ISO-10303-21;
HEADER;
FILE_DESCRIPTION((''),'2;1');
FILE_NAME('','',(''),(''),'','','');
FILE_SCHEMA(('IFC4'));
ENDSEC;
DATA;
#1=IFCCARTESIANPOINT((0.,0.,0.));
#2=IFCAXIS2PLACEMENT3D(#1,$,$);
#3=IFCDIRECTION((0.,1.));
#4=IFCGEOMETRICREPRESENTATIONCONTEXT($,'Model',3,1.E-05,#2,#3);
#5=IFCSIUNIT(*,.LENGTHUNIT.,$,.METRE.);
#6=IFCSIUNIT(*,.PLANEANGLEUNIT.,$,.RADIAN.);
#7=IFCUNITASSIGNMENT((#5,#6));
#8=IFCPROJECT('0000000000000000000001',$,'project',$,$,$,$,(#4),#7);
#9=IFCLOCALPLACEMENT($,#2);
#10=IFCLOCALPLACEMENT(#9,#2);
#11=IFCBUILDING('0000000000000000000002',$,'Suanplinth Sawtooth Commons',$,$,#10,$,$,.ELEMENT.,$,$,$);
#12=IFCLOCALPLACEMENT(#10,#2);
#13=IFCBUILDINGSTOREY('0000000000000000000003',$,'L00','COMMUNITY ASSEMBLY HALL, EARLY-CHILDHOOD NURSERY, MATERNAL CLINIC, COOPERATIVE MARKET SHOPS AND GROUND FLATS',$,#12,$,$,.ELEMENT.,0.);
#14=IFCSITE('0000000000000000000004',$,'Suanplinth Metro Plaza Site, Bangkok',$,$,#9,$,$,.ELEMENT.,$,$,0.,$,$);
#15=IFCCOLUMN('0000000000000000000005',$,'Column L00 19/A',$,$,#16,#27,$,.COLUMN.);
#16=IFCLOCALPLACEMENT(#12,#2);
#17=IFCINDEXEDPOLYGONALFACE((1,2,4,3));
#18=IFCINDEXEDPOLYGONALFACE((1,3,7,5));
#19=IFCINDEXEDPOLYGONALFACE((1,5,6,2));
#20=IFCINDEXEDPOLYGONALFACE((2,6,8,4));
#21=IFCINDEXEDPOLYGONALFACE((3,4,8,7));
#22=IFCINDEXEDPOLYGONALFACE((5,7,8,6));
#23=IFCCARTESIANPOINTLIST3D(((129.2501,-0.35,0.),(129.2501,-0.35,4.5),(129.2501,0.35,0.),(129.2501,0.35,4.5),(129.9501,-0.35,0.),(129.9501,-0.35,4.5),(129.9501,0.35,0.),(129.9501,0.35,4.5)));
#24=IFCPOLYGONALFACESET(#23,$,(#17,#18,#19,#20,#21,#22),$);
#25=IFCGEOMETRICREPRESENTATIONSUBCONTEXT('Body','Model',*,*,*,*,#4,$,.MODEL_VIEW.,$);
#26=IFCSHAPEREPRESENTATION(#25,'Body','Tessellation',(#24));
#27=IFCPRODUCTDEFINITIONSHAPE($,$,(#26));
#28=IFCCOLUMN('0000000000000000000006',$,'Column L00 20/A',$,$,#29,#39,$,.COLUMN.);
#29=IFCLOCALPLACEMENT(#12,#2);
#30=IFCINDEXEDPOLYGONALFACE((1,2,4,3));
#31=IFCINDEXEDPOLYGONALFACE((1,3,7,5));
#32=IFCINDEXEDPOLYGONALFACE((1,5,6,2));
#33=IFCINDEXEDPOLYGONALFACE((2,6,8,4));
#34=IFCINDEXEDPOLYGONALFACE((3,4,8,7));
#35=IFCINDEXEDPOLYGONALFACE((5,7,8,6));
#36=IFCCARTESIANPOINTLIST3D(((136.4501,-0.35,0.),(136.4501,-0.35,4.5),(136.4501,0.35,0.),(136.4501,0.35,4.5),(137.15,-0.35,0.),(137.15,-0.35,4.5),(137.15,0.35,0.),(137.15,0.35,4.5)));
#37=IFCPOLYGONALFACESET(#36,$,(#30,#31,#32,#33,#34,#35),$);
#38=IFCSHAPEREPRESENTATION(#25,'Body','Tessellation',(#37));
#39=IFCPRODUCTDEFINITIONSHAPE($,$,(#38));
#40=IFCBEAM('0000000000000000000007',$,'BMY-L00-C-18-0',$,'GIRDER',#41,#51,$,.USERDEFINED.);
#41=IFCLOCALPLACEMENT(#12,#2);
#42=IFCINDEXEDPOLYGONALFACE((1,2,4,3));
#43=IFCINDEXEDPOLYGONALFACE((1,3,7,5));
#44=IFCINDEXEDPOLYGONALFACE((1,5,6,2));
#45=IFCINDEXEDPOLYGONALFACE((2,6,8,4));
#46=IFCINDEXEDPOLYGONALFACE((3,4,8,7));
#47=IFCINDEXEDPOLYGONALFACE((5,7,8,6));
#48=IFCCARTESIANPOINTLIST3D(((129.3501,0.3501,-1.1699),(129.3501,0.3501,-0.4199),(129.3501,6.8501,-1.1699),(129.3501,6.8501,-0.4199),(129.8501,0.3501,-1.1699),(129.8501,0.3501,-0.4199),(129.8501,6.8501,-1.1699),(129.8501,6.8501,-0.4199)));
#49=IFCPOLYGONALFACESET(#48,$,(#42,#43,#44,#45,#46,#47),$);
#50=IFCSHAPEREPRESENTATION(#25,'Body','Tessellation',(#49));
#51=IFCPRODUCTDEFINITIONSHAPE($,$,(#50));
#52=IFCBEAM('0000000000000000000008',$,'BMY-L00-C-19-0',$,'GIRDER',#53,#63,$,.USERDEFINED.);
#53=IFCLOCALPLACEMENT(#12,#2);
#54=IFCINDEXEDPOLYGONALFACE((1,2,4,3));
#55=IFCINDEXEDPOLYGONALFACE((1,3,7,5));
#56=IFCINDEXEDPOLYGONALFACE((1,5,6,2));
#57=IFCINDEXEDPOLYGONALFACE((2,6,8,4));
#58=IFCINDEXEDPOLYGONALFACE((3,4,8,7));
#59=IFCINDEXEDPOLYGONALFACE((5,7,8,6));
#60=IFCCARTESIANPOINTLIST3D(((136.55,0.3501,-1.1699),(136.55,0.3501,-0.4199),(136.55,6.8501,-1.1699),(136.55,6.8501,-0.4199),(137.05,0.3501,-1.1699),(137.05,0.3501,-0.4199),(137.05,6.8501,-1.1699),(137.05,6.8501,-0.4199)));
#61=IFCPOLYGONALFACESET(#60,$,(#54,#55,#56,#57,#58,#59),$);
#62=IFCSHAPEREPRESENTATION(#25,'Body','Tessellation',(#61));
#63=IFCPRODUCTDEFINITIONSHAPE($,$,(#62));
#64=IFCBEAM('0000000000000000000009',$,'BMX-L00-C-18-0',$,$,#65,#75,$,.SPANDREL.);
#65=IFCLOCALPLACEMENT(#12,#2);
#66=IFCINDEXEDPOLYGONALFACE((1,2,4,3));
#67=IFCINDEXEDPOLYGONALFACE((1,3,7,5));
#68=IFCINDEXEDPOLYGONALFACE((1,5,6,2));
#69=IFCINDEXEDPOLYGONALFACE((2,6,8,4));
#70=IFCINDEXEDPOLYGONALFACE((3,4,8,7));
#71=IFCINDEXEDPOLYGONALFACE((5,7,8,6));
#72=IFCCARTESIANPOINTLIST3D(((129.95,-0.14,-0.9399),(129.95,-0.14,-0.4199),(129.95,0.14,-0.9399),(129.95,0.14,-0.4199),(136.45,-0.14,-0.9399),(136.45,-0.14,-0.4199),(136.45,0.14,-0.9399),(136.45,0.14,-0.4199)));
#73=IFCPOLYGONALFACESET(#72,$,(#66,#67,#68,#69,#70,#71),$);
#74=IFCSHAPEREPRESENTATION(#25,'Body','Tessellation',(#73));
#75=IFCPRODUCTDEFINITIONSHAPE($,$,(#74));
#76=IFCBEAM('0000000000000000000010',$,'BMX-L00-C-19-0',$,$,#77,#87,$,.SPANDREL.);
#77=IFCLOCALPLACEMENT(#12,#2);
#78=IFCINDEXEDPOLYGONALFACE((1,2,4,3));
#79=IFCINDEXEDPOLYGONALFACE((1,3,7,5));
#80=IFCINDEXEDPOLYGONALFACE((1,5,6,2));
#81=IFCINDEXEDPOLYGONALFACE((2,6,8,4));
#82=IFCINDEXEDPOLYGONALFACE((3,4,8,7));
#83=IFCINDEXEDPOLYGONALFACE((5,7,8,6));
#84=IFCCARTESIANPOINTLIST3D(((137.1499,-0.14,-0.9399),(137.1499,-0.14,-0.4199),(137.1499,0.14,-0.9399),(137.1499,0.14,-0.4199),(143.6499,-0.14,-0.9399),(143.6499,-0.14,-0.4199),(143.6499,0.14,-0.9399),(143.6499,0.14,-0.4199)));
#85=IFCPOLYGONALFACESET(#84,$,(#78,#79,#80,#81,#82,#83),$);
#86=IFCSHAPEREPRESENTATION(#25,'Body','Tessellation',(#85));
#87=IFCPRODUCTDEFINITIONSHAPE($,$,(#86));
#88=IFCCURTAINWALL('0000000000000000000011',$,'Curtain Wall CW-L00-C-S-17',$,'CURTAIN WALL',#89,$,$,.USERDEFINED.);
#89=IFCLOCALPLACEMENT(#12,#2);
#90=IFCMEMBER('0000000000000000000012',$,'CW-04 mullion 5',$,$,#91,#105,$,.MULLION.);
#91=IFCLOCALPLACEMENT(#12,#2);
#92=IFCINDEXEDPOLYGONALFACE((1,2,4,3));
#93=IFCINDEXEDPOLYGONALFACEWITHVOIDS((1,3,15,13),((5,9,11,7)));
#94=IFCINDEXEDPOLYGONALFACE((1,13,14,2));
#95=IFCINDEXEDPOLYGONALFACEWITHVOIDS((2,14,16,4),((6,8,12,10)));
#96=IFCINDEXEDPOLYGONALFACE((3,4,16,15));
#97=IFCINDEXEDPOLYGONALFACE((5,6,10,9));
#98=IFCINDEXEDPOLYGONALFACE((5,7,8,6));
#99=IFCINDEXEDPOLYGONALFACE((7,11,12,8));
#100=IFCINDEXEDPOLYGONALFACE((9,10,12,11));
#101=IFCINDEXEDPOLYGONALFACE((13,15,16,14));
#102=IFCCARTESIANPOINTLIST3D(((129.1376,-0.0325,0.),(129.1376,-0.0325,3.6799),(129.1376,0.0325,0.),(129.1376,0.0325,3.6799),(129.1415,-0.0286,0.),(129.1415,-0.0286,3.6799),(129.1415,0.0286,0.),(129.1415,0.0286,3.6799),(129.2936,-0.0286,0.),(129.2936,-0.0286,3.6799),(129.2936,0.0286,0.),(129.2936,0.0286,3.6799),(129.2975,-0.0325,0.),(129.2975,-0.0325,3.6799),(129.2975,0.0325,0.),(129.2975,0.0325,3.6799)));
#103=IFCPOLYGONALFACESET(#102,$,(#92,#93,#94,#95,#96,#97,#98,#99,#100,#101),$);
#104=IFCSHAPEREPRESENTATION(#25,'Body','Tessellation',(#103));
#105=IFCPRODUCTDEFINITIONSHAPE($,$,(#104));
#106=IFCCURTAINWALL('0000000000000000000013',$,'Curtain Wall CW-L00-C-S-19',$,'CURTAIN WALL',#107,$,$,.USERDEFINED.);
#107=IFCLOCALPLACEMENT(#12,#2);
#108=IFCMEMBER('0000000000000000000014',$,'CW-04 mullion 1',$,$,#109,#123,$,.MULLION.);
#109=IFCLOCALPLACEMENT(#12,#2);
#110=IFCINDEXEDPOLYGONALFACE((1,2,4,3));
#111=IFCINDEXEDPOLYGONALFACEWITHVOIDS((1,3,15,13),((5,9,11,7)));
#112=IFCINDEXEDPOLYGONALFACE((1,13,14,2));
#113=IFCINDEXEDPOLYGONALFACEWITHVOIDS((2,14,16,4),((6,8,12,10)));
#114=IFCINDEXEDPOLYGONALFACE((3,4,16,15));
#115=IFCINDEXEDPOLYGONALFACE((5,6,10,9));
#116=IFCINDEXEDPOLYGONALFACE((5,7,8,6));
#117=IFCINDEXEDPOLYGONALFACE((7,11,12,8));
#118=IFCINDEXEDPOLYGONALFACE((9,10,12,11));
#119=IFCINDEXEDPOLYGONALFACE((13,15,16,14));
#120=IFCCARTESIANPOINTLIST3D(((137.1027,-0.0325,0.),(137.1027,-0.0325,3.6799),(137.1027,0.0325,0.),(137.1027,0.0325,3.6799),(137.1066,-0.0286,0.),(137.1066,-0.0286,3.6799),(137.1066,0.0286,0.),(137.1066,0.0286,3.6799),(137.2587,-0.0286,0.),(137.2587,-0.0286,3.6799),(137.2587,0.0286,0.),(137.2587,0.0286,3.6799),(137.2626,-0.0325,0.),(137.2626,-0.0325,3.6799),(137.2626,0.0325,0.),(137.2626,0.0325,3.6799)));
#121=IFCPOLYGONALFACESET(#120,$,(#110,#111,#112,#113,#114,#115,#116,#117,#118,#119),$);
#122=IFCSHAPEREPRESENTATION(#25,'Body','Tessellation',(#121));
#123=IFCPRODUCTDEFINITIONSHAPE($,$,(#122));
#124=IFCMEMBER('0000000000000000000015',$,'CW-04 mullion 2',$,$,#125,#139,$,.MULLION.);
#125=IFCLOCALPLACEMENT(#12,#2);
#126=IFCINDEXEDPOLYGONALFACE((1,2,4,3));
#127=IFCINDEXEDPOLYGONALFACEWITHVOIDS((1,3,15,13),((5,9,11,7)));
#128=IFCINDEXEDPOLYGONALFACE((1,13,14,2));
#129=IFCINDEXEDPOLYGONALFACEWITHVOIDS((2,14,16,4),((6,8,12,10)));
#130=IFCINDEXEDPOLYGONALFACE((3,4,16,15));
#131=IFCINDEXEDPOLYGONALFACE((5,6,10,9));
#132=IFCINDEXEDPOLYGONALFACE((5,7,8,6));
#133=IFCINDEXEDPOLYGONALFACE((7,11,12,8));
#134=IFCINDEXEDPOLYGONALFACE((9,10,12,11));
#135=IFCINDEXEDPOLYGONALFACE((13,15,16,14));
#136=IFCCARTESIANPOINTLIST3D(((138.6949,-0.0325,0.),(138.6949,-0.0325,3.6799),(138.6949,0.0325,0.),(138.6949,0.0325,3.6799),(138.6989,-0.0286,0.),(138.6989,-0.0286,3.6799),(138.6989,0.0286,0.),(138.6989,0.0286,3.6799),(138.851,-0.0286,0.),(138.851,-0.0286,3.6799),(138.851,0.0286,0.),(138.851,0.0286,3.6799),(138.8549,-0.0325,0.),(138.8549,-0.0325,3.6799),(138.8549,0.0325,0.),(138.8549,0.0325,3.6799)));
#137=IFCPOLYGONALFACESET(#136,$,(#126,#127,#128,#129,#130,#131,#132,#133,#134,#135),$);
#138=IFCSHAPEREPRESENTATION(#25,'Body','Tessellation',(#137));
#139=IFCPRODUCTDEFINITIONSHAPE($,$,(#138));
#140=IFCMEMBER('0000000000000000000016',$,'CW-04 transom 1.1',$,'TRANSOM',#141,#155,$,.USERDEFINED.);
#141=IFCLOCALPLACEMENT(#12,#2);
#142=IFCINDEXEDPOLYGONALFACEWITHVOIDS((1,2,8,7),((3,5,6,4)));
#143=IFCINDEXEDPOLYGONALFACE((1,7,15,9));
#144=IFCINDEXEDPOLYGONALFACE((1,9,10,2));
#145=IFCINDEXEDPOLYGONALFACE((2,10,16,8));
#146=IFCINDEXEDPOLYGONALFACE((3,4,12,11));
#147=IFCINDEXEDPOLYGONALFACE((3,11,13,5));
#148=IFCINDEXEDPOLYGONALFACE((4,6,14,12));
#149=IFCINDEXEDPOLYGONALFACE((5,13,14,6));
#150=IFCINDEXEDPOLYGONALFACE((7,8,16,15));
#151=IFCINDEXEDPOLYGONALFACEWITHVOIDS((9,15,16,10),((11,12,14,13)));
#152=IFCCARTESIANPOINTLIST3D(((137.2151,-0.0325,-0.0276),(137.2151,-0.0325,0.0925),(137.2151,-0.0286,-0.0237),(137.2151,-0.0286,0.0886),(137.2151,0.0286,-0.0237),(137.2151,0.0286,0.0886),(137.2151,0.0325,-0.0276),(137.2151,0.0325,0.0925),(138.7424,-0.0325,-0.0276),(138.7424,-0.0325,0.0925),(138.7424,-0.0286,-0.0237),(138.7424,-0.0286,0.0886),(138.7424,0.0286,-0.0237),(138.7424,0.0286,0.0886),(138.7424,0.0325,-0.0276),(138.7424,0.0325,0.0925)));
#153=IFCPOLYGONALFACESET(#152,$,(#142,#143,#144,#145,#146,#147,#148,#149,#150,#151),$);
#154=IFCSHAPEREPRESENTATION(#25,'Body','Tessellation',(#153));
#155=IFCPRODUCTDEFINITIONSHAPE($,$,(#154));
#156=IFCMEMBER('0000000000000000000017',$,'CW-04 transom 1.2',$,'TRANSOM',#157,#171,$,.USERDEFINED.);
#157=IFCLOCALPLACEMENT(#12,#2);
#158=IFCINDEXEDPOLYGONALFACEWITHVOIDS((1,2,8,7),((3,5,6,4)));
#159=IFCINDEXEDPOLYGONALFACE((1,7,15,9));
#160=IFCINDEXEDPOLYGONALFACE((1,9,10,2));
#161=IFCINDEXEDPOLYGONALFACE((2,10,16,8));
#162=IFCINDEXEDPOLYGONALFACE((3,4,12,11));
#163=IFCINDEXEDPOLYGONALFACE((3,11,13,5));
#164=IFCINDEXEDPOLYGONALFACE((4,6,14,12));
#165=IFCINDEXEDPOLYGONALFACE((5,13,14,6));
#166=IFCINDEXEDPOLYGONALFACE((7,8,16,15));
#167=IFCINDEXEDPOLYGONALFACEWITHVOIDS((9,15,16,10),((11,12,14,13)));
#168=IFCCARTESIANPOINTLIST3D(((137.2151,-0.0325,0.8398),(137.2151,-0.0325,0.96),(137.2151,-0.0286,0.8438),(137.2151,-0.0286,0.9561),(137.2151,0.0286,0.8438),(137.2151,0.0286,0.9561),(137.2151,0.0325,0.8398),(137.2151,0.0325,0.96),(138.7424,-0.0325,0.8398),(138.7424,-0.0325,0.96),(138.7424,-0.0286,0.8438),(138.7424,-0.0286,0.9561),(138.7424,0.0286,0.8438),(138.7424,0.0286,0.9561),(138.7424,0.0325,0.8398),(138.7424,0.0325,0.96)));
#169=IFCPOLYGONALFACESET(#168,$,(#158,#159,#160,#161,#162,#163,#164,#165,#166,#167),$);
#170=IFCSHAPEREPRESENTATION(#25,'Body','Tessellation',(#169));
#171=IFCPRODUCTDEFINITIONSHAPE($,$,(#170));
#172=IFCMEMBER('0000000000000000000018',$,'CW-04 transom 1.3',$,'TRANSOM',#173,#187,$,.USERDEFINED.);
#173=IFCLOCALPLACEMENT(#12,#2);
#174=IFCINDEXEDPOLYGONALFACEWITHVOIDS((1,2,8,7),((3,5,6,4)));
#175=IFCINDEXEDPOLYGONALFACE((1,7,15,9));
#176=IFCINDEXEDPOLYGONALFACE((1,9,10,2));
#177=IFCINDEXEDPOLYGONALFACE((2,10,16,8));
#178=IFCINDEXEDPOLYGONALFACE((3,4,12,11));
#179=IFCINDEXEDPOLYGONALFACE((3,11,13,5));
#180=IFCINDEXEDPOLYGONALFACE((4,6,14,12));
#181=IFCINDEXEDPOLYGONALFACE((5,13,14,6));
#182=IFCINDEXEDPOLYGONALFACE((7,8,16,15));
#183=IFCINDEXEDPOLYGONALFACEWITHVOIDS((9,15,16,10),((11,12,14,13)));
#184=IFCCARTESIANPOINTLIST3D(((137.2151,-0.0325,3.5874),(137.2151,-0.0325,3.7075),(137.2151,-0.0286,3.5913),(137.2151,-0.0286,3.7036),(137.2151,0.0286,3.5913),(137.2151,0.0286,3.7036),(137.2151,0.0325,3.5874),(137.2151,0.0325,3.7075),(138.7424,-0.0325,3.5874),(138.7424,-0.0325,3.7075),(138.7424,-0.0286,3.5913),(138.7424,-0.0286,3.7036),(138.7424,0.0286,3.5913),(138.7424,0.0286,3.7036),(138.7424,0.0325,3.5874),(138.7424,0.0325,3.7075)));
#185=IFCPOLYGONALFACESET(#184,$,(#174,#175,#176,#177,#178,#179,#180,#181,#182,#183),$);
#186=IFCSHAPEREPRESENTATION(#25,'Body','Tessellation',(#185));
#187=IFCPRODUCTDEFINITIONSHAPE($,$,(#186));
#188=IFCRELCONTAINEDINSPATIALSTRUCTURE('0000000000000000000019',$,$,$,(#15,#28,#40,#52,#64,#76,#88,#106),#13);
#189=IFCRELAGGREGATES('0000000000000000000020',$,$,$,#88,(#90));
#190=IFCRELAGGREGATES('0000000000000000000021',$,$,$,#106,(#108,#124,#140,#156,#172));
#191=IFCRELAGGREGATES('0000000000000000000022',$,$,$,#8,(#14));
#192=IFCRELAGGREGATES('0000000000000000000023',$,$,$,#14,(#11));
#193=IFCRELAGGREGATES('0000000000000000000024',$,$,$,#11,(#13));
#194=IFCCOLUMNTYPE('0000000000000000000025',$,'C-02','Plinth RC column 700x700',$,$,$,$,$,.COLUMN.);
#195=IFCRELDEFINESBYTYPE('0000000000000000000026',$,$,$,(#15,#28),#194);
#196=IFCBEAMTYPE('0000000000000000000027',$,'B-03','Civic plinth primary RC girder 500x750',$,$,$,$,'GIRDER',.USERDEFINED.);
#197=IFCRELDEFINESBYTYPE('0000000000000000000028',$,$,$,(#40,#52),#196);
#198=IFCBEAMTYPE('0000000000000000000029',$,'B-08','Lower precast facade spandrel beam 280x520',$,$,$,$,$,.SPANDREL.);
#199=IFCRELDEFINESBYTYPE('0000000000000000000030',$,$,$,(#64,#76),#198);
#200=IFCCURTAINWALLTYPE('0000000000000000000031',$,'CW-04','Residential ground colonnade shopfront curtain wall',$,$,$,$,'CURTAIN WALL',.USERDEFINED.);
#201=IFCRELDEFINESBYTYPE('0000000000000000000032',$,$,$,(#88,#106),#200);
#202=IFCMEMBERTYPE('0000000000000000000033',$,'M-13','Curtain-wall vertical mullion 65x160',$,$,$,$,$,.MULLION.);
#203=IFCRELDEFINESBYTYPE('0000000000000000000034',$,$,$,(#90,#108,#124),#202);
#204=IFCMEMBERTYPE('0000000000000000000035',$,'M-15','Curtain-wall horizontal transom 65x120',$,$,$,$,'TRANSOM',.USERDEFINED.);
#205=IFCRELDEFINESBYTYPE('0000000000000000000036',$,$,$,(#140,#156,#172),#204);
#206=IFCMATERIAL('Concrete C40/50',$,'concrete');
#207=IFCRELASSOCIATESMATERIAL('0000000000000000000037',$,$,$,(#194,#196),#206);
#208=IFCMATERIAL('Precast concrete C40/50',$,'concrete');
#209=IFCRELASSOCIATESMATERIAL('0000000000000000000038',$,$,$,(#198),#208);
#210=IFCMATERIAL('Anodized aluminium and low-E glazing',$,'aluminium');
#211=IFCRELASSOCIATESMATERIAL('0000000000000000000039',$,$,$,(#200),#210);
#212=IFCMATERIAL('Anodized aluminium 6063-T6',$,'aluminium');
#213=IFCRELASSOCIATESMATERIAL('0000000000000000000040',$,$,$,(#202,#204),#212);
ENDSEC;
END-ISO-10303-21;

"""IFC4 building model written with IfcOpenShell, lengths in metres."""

from ifc_helpers import new_model, si_unit, direction, frame, origin, origin_2d, place, context, subcontext, project, spatial, rectangle, hollow_rectangle, extrude, material, material_profile, profile_set, type_object, element, aggregate, save


model = new_model("IFC4")

# Units and contexts
model_context = context("Model", 3, precision=1e-05, world=origin(), true_north=direction((0.0, 1.0)))
body_context = subcontext(model_context, "Body", "Model", "MODEL_VIEW")
ifc_project = project(units=[si_unit("LENGTHUNIT", "METRE"), si_unit("PLANEANGLEUNIT", "RADIAN")], contexts=[model_context])

# Site, building, storey
site_placement = place(None, origin())
site = spatial("IfcSite", under=ifc_project, at=site_placement, Name="Suanplinth Metro Plaza Site, Bangkok", CompositionType="ELEMENT", RefElevation=0.0)
building_placement = place(site_placement, origin())
building = spatial("IfcBuilding", under=site, at=building_placement, Name="Suanplinth Sawtooth Commons", CompositionType="ELEMENT")
storey_placement = place(building_placement, origin())
storey = spatial("IfcBuildingStorey", under=building, at=storey_placement, Name="L00", Description="COMMUNITY ASSEMBLY HALL, EARLY-CHILDHOOD NURSERY, MATERNAL CLINIC, COOPERATIVE MARKET SHOPS AND GROUND FLATS", CompositionType="ELEMENT", Elevation=0.0)

# Columns
ifc_material_1 = material(Name="Concrete C40/50", Category="concrete")
ifc_material_profile_1 = material_profile(ifc_material_1, rectangle(XDim=0.7, YDim=0.7, at=origin_2d()), Name="RC-COL 700x700")
ifc_profile_set_1 = profile_set([ifc_material_profile_1], Name="Concrete C40/50")
column_type = type_object("IfcColumnType", Name="C-02", Description="Plinth RC column 700x700", PredefinedType="COLUMN", material=ifc_profile_set_1)
for number, where, z_axis, x_axis, name in (
    (1, (129.6001, 0.0, 0.0), (0.0, 0.0, 1.0), (1.0, 0.0, 0.0), "Column L00 19/A"),
    (2, (136.8, 0.0, 0.0), (0.0, 0.0, 1.0), (1.0, 0.0, 0.0), "Column L00 20/A"),
):
    element("IfcColumn", number, at=place(storey_placement, frame(where, z_axis=z_axis, x_axis=x_axis)), inside=storey, type_object=column_type, Name=name, PredefinedType="COLUMN", context=body_context, shape_type="SweptSolid", body=[
        extrude(rectangle(XDim=0.7, YDim=0.7, at=origin_2d()), origin(), (0.0, 0.0, 1.0), 4.5),
    ])

# Beams
ifc_material_profile_2 = material_profile(ifc_material_1, rectangle(XDim=0.5, YDim=0.75, at=origin_2d()), Name="RC-GDR 500x750")
ifc_profile_set_2 = profile_set([ifc_material_profile_2], Name="Concrete C40/50")
beam_type_1 = type_object("IfcBeamType", Name="B-03", Description="Civic plinth primary RC girder 500x750", ElementType="GIRDER", PredefinedType="USERDEFINED", material=ifc_profile_set_2)
for number, where, z_axis, x_axis, name in (
    (3, (129.6001, 0.3501, -0.7949), (0.0, 1.0, 0.0), (-1.0, 0.0, 0.0), "BMY-L00-C-18-0"),
    (4, (136.8, 0.3501, -0.7949), (0.0, 1.0, 0.0), (-1.0, 0.0, 0.0), "BMY-L00-C-19-0"),
):
    element("IfcBeam", number, at=place(storey_placement, frame(where, z_axis=z_axis, x_axis=x_axis)), inside=storey, type_object=beam_type_1, Name=name, ObjectType="GIRDER", PredefinedType="USERDEFINED", context=body_context, shape_type="SweptSolid", body=[
        extrude(rectangle(XDim=0.5, YDim=0.75, at=origin_2d()), origin(), (0.0, 0.0, 1.0), 6.5),
    ])
ifc_material_2 = material(Name="Precast concrete C40/50", Category="concrete")
ifc_material_profile_3 = material_profile(ifc_material_2, rectangle(XDim=0.28, YDim=0.52, at=origin_2d()), Name="PC-SP 280x520")
ifc_profile_set_3 = profile_set([ifc_material_profile_3], Name="Precast concrete C40/50")
beam_type_2 = type_object("IfcBeamType", Name="B-08", Description="Lower precast facade spandrel beam 280x520", PredefinedType="SPANDREL", material=ifc_profile_set_3)
for number, where, z_axis, x_axis, name in (
    (5, (129.95, 0.0, -0.6799), (1.0, 0.0, 0.0), (0.0, 1.0, 0.0), "BMX-L00-C-18-0"),
    (6, (137.1499, 0.0, -0.6799), (1.0, 0.0, 0.0), (0.0, 1.0, 0.0), "BMX-L00-C-19-0"),
):
    element("IfcBeam", number, at=place(storey_placement, frame(where, z_axis=z_axis, x_axis=x_axis)), inside=storey, type_object=beam_type_2, Name=name, PredefinedType="SPANDREL", context=body_context, shape_type="SweptSolid", body=[
        extrude(rectangle(XDim=0.28, YDim=0.52, at=origin_2d()), origin(), (0.0, 0.0, 1.0), 6.5),
    ])

# Curtain wall, member
ifc_material_3 = material(Name="Anodized aluminium and low-E glazing", Category="aluminium")
curtain_wall_type = type_object("IfcCurtainWallType", Name="CW-04", Description="Residential ground colonnade shopfront curtain wall", ElementType="CURTAIN WALL", PredefinedType="USERDEFINED", material=ifc_material_3)
curtain_wall_1_placement = place(storey_placement, origin())
curtain_wall_1 = element("IfcCurtainWall", 7, at=curtain_wall_1_placement, inside=storey, type_object=curtain_wall_type, Name="Curtain Wall CW-L00-C-S-17", ObjectType="CURTAIN WALL", PredefinedType="USERDEFINED")
ifc_material_4 = material(Name="Anodized aluminium 6063-T6", Category="aluminium")
ifc_material_profile_4 = material_profile(ifc_material_4, hollow_rectangle(XDim=0.0649, YDim=0.1599, WallThickness=0.0039, at=origin_2d()), Name="ALU-MUL 65x160")
ifc_profile_set_4 = profile_set([ifc_material_profile_4], Name="Anodized aluminium 6063-T6")
member_type_1 = type_object("IfcMemberType", Name="M-13", Description="Curtain-wall vertical mullion 65x160", PredefinedType="MULLION", material=ifc_profile_set_4)
member_1_placement = place(storey_placement, frame((129.2175, 0.0, 0.0), z_axis=(0.0, 0.0, 1.0), x_axis=(0.0, 1.0, 0.0)))
member_1 = element("IfcMember", 8, at=member_1_placement, type_object=member_type_1, Name="CW-04 mullion 5", PredefinedType="MULLION", context=body_context, shape_type="SweptSolid", body=[
    extrude(hollow_rectangle(XDim=0.0649, YDim=0.1599, WallThickness=0.0039, at=origin_2d()), origin(), (0.0, 0.0, 1.0), 3.6799),
])

# Curtain wall, members
curtain_wall_2_placement = place(storey_placement, origin())
curtain_wall_2 = element("IfcCurtainWall", 9, at=curtain_wall_2_placement, inside=storey, type_object=curtain_wall_type, Name="Curtain Wall CW-L00-C-S-19", ObjectType="CURTAIN WALL", PredefinedType="USERDEFINED")
member_2_placement = place(storey_placement, frame((137.1826, 0.0, 0.0), z_axis=(0.0, 0.0, 1.0), x_axis=(0.0, 1.0, 0.0)))
member_2 = element("IfcMember", 10, at=member_2_placement, type_object=member_type_1, Name="CW-04 mullion 1", PredefinedType="MULLION", context=body_context, shape_type="SweptSolid", body=[
    extrude(hollow_rectangle(XDim=0.0649, YDim=0.1599, WallThickness=0.0039, at=origin_2d()), origin(), (0.0, 0.0, 1.0), 3.6799),
])
member_3_placement = place(storey_placement, frame((138.7749, 0.0, 0.0), z_axis=(0.0, 0.0, 1.0), x_axis=(0.0, 1.0, 0.0)))
member_3 = element("IfcMember", 11, at=member_3_placement, type_object=member_type_1, Name="CW-04 mullion 2", PredefinedType="MULLION", context=body_context, shape_type="SweptSolid", body=[
    extrude(hollow_rectangle(XDim=0.0649, YDim=0.1599, WallThickness=0.0039, at=origin_2d()), origin(), (0.0, 0.0, 1.0), 3.6799),
])
ifc_material_profile_5 = material_profile(ifc_material_4, hollow_rectangle(XDim=0.0649, YDim=0.1201, WallThickness=0.0039, at=origin_2d()), Name="ALU-TRN 65x120")
ifc_profile_set_5 = profile_set([ifc_material_profile_5], Name="Anodized aluminium 6063-T6")
member_type_2 = type_object("IfcMemberType", Name="M-15", Description="Curtain-wall horizontal transom 65x120", ElementType="TRANSOM", PredefinedType="USERDEFINED", material=ifc_profile_set_5)
member_4_placement = place(storey_placement, frame((137.2151, 0.0, 0.0325), z_axis=(1.0, 0.0, 0.0), x_axis=(0.0, 1.0, 0.0)))
member_4 = element("IfcMember", 12, at=member_4_placement, type_object=member_type_2, Name="CW-04 transom 1.1", ObjectType="TRANSOM", PredefinedType="USERDEFINED", context=body_context, shape_type="SweptSolid", body=[
    extrude(hollow_rectangle(XDim=0.0649, YDim=0.1201, WallThickness=0.0039, at=origin_2d()), origin(), (0.0, 0.0, 1.0), 1.5273),
])
member_5_placement = place(storey_placement, frame((137.2151, 0.0, 0.8999), z_axis=(1.0, 0.0, 0.0), x_axis=(0.0, 1.0, 0.0)))
member_5 = element("IfcMember", 13, at=member_5_placement, type_object=member_type_2, Name="CW-04 transom 1.2", ObjectType="TRANSOM", PredefinedType="USERDEFINED", context=body_context, shape_type="SweptSolid", body=[
    extrude(hollow_rectangle(XDim=0.0649, YDim=0.1201, WallThickness=0.0039, at=origin_2d()), origin(), (0.0, 0.0, 1.0), 1.5273),
])
member_6_placement = place(storey_placement, frame((137.2151, 0.0, 3.6475), z_axis=(1.0, 0.0, 0.0), x_axis=(0.0, 1.0, 0.0)))
member_6 = element("IfcMember", 14, at=member_6_placement, type_object=member_type_2, Name="CW-04 transom 1.3", ObjectType="TRANSOM", PredefinedType="USERDEFINED", context=body_context, shape_type="SweptSolid", body=[
    extrude(hollow_rectangle(XDim=0.0649, YDim=0.1201, WallThickness=0.0039, at=origin_2d()), origin(), (0.0, 0.0, 1.0), 1.5273),
])

aggregate(curtain_wall_1, [member_1])
aggregate(curtain_wall_2, [member_2, member_3, member_4, member_5, member_6])

save(model, "model.ifc")
